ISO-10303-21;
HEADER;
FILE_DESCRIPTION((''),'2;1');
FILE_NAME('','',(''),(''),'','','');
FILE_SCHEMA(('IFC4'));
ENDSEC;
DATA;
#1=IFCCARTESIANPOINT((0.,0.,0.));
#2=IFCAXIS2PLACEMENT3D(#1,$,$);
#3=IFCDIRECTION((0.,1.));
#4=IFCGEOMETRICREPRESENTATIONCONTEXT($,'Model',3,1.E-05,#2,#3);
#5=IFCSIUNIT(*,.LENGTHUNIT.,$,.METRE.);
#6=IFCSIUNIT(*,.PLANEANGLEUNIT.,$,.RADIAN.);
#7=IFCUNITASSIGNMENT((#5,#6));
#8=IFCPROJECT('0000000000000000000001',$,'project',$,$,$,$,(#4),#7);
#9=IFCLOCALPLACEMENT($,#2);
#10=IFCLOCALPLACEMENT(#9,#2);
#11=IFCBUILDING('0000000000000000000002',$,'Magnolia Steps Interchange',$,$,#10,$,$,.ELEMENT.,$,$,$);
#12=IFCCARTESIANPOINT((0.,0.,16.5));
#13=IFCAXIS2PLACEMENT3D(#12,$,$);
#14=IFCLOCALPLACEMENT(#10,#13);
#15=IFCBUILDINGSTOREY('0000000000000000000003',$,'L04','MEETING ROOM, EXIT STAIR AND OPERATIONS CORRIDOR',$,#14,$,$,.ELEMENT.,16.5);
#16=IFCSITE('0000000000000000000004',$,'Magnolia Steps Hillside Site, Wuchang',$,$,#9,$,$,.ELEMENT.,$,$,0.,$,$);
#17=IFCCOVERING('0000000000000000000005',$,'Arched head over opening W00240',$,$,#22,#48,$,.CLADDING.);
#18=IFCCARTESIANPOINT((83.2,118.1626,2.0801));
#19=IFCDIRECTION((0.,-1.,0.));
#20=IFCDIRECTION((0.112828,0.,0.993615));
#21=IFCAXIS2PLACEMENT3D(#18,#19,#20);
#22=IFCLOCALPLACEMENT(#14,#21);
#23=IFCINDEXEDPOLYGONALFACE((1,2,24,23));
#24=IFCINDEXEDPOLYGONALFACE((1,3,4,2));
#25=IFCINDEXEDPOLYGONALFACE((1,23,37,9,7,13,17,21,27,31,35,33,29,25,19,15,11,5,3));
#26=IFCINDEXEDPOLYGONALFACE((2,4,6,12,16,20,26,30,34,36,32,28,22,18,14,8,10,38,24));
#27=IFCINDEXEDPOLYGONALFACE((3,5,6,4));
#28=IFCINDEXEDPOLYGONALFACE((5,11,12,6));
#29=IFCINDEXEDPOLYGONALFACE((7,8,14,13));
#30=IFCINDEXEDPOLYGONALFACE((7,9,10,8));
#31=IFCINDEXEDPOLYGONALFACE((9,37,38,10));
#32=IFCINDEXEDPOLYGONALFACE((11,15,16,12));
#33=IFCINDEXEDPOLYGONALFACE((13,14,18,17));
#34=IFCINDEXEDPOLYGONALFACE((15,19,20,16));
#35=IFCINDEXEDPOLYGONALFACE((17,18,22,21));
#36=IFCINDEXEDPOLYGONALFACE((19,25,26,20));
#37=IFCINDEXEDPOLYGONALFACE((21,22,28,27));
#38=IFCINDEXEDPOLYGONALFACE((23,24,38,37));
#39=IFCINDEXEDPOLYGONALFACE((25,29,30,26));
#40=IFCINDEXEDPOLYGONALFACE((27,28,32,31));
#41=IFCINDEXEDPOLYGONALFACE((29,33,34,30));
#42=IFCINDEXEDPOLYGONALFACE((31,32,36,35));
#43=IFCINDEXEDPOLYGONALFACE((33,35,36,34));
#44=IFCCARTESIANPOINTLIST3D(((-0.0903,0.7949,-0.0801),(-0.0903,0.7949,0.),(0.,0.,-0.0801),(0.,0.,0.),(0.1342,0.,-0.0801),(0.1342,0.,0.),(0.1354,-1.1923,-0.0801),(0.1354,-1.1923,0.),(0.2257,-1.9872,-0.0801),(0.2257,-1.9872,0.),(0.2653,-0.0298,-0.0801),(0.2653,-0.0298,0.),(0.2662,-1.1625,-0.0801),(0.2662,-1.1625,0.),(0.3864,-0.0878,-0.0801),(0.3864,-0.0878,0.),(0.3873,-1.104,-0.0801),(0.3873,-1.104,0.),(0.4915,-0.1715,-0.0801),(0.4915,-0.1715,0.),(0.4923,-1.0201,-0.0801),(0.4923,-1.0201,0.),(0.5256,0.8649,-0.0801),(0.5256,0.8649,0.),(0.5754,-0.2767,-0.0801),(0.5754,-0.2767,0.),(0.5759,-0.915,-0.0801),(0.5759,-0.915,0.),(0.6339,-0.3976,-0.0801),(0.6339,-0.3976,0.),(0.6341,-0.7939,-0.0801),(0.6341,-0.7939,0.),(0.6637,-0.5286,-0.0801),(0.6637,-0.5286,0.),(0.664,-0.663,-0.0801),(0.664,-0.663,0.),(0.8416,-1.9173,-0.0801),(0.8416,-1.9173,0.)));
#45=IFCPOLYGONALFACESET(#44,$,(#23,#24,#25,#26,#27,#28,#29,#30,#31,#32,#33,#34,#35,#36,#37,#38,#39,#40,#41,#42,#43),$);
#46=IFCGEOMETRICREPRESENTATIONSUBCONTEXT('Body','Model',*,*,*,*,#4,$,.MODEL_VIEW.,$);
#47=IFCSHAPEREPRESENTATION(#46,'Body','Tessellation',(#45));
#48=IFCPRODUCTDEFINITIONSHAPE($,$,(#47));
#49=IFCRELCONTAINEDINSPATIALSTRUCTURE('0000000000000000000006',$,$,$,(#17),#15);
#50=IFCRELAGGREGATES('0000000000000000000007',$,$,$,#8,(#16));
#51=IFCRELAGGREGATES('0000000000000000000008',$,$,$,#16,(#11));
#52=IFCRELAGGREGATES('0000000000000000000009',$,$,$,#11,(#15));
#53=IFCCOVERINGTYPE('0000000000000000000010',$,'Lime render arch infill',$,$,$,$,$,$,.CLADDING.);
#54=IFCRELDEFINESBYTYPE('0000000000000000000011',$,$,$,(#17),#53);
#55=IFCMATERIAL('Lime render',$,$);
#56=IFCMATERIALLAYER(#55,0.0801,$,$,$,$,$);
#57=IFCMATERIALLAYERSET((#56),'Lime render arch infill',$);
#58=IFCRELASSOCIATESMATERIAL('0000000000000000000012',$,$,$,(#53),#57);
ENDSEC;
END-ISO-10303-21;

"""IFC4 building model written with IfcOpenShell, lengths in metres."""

from ifc_helpers import new_model, si_unit, direction, frame, origin, place, context, subcontext, project, spatial, polyline, outline, extrude, material, layer, layer_set, type_object, element, save


model = new_model("IFC4")

# Units and contexts
model_context = context("Model", 3, precision=1e-05, world=origin(), true_north=direction((0.0, 1.0)))
body_context = subcontext(model_context, "Body", "Model", "MODEL_VIEW")
ifc_project = project(units=[si_unit("LENGTHUNIT", "METRE"), si_unit("PLANEANGLEUNIT", "RADIAN")], contexts=[model_context])

# Site, building, storey
site_placement = place(None, origin())
site = spatial("IfcSite", under=ifc_project, at=site_placement, Name="Magnolia Steps Hillside Site, Wuchang", CompositionType="ELEMENT", RefElevation=0.0)
building_placement = place(site_placement, origin())
building = spatial("IfcBuilding", under=site, at=building_placement, Name="Magnolia Steps Interchange", CompositionType="ELEMENT")
storey_placement = place(building_placement, frame((0.0, 0.0, 16.5)))
storey = spatial("IfcBuildingStorey", under=building, at=storey_placement, Name="L04", Description="MEETING ROOM, EXIT STAIR AND OPERATIONS CORRIDOR", CompositionType="ELEMENT", Elevation=16.5)

# Covering
ifc_material_1 = material(Name="Lime render")
ifc_layer_1 = layer(ifc_material_1, 0.0801)
ifc_layer_set_1 = layer_set([ifc_layer_1], Name="Lime render arch infill")
covering_type_1 = type_object("IfcCoveringType", Name="Lime render arch infill", PredefinedType="CLADDING", material=ifc_layer_set_1)
covering_1_placement = place(storey_placement, frame((83.2, 118.1626, 2.0801), z_axis=(0.0, -1.0, 0.0), x_axis=(0.112828, 0.0, 0.993615)))
element("IfcCovering", 1, at=covering_1_placement, inside=storey, type_object=covering_type_1, Name="Arched head over opening W00240", PredefinedType="CLADDING", context=body_context, shape_type="SweptSolid", body=[
    extrude(outline(polyline([(0.0, 0.0), (0.1342, 0.0), (0.2653, -0.0298), (0.3864, -0.0878), (0.4915, -0.1715), (0.5754, -0.2767), (0.6339, -0.3976), (0.6637, -0.5286), (0.664, -0.663), (0.6341, -0.7939), (0.5759, -0.915), (0.4923, -1.0201), (0.3873, -1.104), (0.2662, -1.1625), (0.1354, -1.1923), (0.2257, -1.9872), (0.8416, -1.9173), (0.5256, 0.8649), (-0.0903, 0.7949), (0.0, 0.0)])), origin(), (0.0, 0.0, -1.0), 0.0801),
])

save(model, "model.ifc")
